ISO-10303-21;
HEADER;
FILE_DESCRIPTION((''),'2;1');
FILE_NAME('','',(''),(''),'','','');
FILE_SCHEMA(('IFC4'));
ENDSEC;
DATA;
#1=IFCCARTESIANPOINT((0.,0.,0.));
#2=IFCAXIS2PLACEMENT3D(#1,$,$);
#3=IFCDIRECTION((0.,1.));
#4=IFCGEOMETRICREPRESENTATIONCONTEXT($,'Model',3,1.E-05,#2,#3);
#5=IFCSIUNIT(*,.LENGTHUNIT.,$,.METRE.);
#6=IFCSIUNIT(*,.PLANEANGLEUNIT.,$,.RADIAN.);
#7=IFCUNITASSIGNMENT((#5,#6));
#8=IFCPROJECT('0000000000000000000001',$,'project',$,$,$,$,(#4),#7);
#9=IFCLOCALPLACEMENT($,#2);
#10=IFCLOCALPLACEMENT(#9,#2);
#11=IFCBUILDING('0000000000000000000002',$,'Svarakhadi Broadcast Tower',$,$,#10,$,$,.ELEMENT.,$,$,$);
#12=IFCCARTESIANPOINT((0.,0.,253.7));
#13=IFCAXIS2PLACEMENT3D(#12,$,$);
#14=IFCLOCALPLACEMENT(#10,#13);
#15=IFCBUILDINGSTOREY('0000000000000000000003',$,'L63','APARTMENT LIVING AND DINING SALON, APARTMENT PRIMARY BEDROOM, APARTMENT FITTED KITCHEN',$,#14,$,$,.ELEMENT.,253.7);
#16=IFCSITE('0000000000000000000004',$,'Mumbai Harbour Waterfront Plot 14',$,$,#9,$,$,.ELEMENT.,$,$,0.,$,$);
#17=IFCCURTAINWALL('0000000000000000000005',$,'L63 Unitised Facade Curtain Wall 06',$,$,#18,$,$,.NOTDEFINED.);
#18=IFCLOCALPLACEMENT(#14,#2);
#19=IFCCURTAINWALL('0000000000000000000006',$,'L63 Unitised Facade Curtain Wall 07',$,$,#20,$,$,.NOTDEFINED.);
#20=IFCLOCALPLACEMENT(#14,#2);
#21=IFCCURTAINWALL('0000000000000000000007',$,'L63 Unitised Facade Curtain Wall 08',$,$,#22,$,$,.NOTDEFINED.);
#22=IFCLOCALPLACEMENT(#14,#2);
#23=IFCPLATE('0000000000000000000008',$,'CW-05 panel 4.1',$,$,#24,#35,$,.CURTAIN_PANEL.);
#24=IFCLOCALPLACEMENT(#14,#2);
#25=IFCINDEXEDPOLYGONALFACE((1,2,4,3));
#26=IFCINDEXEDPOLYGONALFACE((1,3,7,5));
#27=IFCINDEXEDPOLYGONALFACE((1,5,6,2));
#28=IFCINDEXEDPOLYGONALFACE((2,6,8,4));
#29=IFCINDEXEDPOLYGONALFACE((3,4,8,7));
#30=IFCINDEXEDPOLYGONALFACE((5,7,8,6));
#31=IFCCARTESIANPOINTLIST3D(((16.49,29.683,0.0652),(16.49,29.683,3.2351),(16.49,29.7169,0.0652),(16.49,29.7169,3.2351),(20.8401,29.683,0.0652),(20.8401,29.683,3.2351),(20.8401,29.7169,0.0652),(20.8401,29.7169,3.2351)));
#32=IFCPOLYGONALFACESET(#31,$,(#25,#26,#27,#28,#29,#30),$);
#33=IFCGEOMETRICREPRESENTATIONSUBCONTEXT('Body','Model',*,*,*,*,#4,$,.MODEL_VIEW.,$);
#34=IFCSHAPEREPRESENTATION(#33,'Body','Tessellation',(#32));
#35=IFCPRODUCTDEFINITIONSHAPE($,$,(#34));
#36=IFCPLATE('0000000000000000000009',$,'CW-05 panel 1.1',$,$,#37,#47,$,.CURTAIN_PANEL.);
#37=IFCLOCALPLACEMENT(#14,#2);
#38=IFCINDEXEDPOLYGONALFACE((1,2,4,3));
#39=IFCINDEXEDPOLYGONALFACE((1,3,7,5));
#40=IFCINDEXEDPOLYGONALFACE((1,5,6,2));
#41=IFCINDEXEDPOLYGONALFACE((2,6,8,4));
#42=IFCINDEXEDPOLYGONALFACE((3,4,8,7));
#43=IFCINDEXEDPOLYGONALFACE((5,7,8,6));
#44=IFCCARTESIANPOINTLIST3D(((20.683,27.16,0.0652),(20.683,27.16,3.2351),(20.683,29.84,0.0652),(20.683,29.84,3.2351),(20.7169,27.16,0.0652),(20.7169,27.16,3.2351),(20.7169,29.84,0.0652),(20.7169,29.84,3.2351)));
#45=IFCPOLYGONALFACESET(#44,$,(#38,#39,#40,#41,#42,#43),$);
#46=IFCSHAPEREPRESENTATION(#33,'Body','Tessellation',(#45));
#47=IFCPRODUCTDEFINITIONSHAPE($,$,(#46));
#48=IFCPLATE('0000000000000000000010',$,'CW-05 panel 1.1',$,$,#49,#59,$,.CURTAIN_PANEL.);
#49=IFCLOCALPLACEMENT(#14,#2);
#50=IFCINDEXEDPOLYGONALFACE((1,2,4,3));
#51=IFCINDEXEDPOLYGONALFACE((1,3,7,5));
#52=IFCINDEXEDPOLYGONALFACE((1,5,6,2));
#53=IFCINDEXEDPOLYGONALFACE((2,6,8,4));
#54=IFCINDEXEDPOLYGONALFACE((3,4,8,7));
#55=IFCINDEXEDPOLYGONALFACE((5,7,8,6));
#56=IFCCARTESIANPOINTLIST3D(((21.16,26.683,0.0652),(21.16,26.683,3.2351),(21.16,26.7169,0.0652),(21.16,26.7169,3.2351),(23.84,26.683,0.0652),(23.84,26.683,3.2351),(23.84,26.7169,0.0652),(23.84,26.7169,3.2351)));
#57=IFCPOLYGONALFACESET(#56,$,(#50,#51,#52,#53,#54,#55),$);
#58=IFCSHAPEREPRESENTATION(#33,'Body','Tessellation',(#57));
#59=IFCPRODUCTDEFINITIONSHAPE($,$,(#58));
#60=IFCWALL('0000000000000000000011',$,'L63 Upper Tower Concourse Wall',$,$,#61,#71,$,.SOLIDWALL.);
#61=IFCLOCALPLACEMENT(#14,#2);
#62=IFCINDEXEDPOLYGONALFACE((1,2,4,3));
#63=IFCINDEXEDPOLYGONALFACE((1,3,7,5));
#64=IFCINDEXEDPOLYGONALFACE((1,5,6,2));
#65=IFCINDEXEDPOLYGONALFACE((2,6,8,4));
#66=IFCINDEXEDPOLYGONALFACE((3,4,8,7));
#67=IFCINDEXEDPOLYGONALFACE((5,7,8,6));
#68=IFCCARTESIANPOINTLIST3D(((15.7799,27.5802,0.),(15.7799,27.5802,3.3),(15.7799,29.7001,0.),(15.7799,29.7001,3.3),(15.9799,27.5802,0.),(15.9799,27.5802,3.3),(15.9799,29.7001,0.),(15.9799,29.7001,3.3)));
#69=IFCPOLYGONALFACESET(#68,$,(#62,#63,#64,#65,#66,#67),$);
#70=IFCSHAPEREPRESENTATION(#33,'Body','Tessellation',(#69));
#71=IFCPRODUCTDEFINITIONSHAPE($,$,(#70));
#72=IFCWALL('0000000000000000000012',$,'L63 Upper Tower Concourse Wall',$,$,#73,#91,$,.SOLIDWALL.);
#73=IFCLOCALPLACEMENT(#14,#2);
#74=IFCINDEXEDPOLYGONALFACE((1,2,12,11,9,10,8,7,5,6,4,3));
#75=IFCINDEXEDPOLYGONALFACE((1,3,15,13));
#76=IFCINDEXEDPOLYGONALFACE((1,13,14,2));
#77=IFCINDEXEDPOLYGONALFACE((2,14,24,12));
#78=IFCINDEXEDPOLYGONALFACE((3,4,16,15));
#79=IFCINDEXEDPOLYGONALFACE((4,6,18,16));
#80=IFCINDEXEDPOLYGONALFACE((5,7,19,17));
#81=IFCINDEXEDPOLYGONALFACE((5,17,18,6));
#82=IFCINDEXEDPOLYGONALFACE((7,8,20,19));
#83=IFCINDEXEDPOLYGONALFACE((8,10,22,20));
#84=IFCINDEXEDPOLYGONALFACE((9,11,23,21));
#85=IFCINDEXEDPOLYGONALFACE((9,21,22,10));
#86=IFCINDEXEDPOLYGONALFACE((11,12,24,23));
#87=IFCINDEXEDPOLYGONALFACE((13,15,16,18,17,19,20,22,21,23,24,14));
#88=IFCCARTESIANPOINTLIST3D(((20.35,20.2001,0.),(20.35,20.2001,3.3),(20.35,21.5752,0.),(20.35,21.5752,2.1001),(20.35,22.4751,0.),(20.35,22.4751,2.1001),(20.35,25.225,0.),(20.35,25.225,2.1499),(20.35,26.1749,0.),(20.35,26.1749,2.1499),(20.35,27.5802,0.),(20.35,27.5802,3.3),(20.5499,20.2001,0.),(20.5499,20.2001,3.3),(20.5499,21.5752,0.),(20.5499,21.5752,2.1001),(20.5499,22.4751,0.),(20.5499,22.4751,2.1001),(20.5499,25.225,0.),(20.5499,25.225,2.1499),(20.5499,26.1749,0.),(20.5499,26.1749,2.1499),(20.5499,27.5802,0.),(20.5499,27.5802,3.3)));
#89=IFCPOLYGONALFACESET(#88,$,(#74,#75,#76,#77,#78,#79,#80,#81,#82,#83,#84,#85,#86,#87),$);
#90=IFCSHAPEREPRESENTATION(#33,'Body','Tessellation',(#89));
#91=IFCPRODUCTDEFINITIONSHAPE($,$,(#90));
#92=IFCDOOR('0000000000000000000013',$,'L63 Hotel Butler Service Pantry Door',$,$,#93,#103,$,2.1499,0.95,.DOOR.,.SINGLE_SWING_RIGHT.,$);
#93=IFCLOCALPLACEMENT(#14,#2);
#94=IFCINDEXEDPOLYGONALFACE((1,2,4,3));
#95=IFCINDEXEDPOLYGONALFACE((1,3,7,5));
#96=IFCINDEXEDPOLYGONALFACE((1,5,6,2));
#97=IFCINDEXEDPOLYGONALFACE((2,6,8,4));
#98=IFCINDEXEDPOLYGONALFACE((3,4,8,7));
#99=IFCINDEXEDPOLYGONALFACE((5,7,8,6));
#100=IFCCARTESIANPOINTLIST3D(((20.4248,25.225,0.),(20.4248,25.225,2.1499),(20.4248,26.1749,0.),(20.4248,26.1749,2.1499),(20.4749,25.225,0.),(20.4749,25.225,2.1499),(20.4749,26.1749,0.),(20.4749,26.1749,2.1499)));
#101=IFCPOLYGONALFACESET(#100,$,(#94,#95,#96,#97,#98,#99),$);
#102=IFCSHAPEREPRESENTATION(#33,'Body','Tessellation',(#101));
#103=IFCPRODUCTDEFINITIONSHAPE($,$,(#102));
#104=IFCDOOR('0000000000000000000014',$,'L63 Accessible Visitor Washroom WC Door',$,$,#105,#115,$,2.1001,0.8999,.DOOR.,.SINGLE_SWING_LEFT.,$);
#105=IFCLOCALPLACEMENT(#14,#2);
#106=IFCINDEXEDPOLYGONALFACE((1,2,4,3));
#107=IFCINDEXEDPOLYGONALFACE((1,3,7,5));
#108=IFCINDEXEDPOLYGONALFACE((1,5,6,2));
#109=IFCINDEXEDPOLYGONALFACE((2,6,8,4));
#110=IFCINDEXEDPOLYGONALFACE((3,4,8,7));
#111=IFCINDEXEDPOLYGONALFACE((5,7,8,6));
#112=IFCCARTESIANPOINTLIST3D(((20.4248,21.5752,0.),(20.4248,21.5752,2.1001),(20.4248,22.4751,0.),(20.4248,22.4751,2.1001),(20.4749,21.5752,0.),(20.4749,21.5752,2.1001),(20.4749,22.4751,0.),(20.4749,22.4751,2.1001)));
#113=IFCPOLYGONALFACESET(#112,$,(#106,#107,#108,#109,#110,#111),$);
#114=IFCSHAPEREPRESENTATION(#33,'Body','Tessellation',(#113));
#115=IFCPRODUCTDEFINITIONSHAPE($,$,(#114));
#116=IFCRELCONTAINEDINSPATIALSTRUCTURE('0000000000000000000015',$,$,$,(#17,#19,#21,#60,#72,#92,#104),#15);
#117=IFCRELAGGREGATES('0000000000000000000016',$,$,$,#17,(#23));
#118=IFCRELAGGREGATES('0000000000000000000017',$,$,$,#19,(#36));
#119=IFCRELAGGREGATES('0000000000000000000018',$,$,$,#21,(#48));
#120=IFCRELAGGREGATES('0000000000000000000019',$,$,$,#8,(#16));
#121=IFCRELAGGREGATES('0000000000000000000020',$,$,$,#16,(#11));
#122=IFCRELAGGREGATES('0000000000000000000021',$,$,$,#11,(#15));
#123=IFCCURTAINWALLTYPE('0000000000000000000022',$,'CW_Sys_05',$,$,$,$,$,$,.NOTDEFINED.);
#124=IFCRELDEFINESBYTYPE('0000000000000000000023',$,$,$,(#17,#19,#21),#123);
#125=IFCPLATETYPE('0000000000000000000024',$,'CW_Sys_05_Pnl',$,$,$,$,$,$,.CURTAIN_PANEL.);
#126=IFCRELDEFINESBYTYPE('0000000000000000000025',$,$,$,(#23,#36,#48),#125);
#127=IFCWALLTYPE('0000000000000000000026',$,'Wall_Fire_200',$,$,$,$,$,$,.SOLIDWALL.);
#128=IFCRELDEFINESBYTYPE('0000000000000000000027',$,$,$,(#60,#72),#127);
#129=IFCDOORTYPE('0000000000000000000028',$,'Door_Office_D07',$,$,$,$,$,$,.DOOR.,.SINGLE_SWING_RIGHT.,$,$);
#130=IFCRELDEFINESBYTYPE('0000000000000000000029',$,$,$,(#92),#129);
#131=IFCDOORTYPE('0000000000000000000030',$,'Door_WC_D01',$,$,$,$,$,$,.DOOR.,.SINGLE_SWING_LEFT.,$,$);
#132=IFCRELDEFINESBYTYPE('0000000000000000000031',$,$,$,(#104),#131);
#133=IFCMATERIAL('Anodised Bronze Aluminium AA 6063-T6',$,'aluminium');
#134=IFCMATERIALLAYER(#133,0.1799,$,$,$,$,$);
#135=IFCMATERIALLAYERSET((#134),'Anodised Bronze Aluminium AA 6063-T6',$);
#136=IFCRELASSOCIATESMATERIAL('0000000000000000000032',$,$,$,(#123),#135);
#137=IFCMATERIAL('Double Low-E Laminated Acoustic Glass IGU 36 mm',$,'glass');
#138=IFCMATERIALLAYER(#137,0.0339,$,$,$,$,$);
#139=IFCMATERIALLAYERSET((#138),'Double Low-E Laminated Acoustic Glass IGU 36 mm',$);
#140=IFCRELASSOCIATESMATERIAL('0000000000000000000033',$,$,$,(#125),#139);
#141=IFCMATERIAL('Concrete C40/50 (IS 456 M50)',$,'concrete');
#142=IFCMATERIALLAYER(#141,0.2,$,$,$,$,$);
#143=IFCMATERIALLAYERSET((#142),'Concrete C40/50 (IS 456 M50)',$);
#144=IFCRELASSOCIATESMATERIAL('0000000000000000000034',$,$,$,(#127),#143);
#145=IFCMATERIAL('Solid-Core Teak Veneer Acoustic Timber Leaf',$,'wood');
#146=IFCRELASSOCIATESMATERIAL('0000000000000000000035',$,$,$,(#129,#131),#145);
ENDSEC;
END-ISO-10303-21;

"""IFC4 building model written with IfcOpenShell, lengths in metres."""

from ifc_helpers import new_model, si_unit, direction, frame, frame_2d, origin, origin_2d, place, context, subcontext, project, spatial, rectangle, extrude, material, layer, layer_set, type_object, element, fill, aggregate, save


model = new_model("IFC4")

# Units and contexts
model_context = context("Model", 3, precision=1e-05, world=origin(), true_north=direction((0.0, 1.0)))
body_context = subcontext(model_context, "Body", "Model", "MODEL_VIEW")
ifc_project = project(units=[si_unit("LENGTHUNIT", "METRE"), si_unit("PLANEANGLEUNIT", "RADIAN")], contexts=[model_context])

# Site, building, storey
site_placement = place(None, origin())
site = spatial("IfcSite", under=ifc_project, at=site_placement, Name="Mumbai Harbour Waterfront Plot 14", CompositionType="ELEMENT", RefElevation=0.0)
building_placement = place(site_placement, origin())
building = spatial("IfcBuilding", under=site, at=building_placement, Name="Svarakhadi Broadcast Tower", CompositionType="ELEMENT")
storey_placement = place(building_placement, frame((0.0, 0.0, 253.7)))
storey = spatial("IfcBuildingStorey", under=building, at=storey_placement, Name="L63", Description="APARTMENT LIVING AND DINING SALON, APARTMENT PRIMARY BEDROOM, APARTMENT FITTED KITCHEN", CompositionType="ELEMENT", Elevation=253.7)

# Curtain walls
ifc_material_1 = material(Name="Anodised Bronze Aluminium AA 6063-T6", Category="aluminium")
ifc_layer_1 = layer(ifc_material_1, 0.1799)
ifc_layer_set_1 = layer_set([ifc_layer_1], Name="Anodised Bronze Aluminium AA 6063-T6")
curtain_wall_type = type_object("IfcCurtainWallType", Name="CW_Sys_05", PredefinedType="NOTDEFINED", material=ifc_layer_set_1)
curtain_wall_1_placement = place(storey_placement, origin())
curtain_wall_1 = element("IfcCurtainWall", 1, at=curtain_wall_1_placement, inside=storey, type_object=curtain_wall_type, Name="L63 Unitised Facade Curtain Wall 06", PredefinedType="NOTDEFINED")
curtain_wall_2_placement = place(storey_placement, origin())
curtain_wall_2 = element("IfcCurtainWall", 2, at=curtain_wall_2_placement, inside=storey, type_object=curtain_wall_type, Name="L63 Unitised Facade Curtain Wall 07", PredefinedType="NOTDEFINED")

# Curtain wall
curtain_wall_3_placement = place(storey_placement, origin())
curtain_wall_3 = element("IfcCurtainWall", 3, at=curtain_wall_3_placement, inside=storey, type_object=curtain_wall_type, Name="L63 Unitised Facade Curtain Wall 08", PredefinedType="NOTDEFINED")

# Plates
ifc_material_2 = material(Name="Double Low-E Laminated Acoustic Glass IGU 36 mm", Category="glass")
ifc_layer_2 = layer(ifc_material_2, 0.0339)
ifc_layer_set_2 = layer_set([ifc_layer_2], Name="Double Low-E Laminated Acoustic Glass IGU 36 mm")
plate_type = type_object("IfcPlateType", Name="CW_Sys_05_Pnl", PredefinedType="CURTAIN_PANEL", material=ifc_layer_set_2)
plate_1_placement = place(storey_placement, frame((18.665, 29.7, 0.0652), z_axis=(0.0, 0.0, 1.0), x_axis=(1.0, 0.0, 0.0)))
plate_1 = element("IfcPlate", 4, at=plate_1_placement, type_object=plate_type, Name="CW-05 panel 4.1", PredefinedType="CURTAIN_PANEL", context=body_context, shape_type="SweptSolid", body=[
    extrude(rectangle(XDim=4.3501, YDim=0.0339, at=origin_2d()), origin(), (0.0, 0.0, 1.0), 3.1699),
])
aggregate(curtain_wall_1, [plate_1])
plate_2_placement = place(storey_placement, frame((20.7, 28.5, 0.0652), z_axis=(0.0, 0.0, 1.0), x_axis=(0.0, -1.0, 0.0)))
plate_2 = element("IfcPlate", 5, at=plate_2_placement, type_object=plate_type, Name="CW-05 panel 1.1", PredefinedType="CURTAIN_PANEL", context=body_context, shape_type="SweptSolid", body=[
    extrude(rectangle(XDim=2.6799, YDim=0.0339, at=origin_2d()), origin(), (0.0, 0.0, 1.0), 3.1699),
])
aggregate(curtain_wall_2, [plate_2])
plate_3_placement = place(storey_placement, frame((22.5, 26.7, 0.0652), z_axis=(0.0, 0.0, 1.0), x_axis=(1.0, 0.0, 0.0)))
plate_3 = element("IfcPlate", 6, at=plate_3_placement, type_object=plate_type, Name="CW-05 panel 1.1", PredefinedType="CURTAIN_PANEL", context=body_context, shape_type="SweptSolid", body=[
    extrude(rectangle(XDim=2.6799, YDim=0.0339, at=origin_2d()), origin(), (0.0, 0.0, 1.0), 3.1699),
])
aggregate(curtain_wall_3, [plate_3])

# Wall
ifc_material_3 = material(Name="Concrete C40/50 (IS 456 M50)", Category="concrete")
ifc_layer_3 = layer(ifc_material_3, 0.2)
ifc_layer_set_3 = layer_set([ifc_layer_3], Name="Concrete C40/50 (IS 456 M50)")
wall_type = type_object("IfcWallType", Name="Wall_Fire_200", PredefinedType="SOLIDWALL", material=ifc_layer_set_3)
wall_1_placement = place(storey_placement, frame((15.8799, 27.5801, 0.0), z_axis=(0.0, 0.0, 1.0), x_axis=(0.0, 1.0, 0.0)))
element("IfcWall", 7, at=wall_1_placement, inside=storey, type_object=wall_type, Name="L63 Upper Tower Concourse Wall", PredefinedType="SOLIDWALL", context=body_context, shape_type="SweptSolid", body=[
    extrude(rectangle(XDim=2.1199, YDim=0.2, at=frame_2d((1.0601, 0.0))), origin(), (0.0, 0.0, 1.0), 3.3),
])

# Wall, openings, doors
wall_2_placement = place(storey_placement, frame((20.45, 27.5801, 0.0), z_axis=(0.0, 0.0, 1.0), x_axis=(0.0, -1.0, 0.0)))
wall_2 = element("IfcWall", 8, at=wall_2_placement, inside=storey, type_object=wall_type, Name="L63 Upper Tower Concourse Wall", PredefinedType="SOLIDWALL", context=body_context, shape_type="SweptSolid", body=[
    extrude(rectangle(XDim=7.3801, YDim=0.2, at=frame_2d((3.6899, 0.0))), origin(), (0.0, 0.0, 1.0), 3.3),
])
opening_1_placement = place(wall_2_placement, frame((5.105, 0.0, 0.0)))
opening_1 = element("IfcOpeningElement", 9, at=opening_1_placement, cuts=wall_2, PredefinedType="OPENING", context=body_context, shape_type="SweptSolid", body=[
    extrude(rectangle(XDim=0.8999, YDim=2.1001, at=frame_2d((0.45, 1.05))), frame((0.0, 0.1099, 0.0), z_axis=(0.0, -1.0, 0.0), x_axis=(1.0, 0.0, 0.0)), (0.0, 0.0, 1.0), 0.22),
])
opening_2_placement = place(wall_2_placement, frame((1.405, 0.0, 0.0)))
opening_2 = element("IfcOpeningElement", 10, at=opening_2_placement, cuts=wall_2, PredefinedType="OPENING", context=body_context, shape_type="SweptSolid", body=[
    extrude(rectangle(XDim=0.95, YDim=2.1499, at=frame_2d((0.4751, 1.075))), frame((0.0, 0.1099, 0.0), z_axis=(0.0, -1.0, 0.0), x_axis=(1.0, 0.0, 0.0)), (0.0, 0.0, 1.0), 0.22),
])
ifc_material_4 = material(Name="Solid-Core Teak Veneer Acoustic Timber Leaf", Category="wood")
door_type_1 = type_object("IfcDoorType", Name="Door_Office_D07", OperationType="SINGLE_SWING_RIGHT", PredefinedType="DOOR", material=ifc_material_4)
door_1_placement = place(opening_2_placement, origin())
door_1 = element("IfcDoor", 11, at=door_1_placement, inside=storey, type_object=door_type_1, Name="L63 Hotel Butler Service Pantry Door", OperationType="SINGLE_SWING_RIGHT", OverallHeight=2.1499, OverallWidth=0.95, PredefinedType="DOOR", context=body_context, shape_type="SweptSolid", body=[
    extrude(rectangle(XDim=0.95, YDim=2.1499, at=frame_2d((0.4751, 1.075))), frame((0.0, 0.0249, 0.0), z_axis=(0.0, -1.0, 0.0), x_axis=(1.0, 0.0, 0.0)), (0.0, 0.0, 1.0), 0.05),
])
fill(opening_2, door_1)
door_type_2 = type_object("IfcDoorType", Name="Door_WC_D01", OperationType="SINGLE_SWING_LEFT", PredefinedType="DOOR", material=ifc_material_4)
door_2_placement = place(opening_1_placement, origin())
door_2 = element("IfcDoor", 12, at=door_2_placement, inside=storey, type_object=door_type_2, Name="L63 Accessible Visitor Washroom WC Door", OperationType="SINGLE_SWING_LEFT", OverallHeight=2.1001, OverallWidth=0.8999, PredefinedType="DOOR", context=body_context, shape_type="SweptSolid", body=[
    extrude(rectangle(XDim=0.8999, YDim=2.1001, at=frame_2d((0.45, 1.05))), frame((0.0, 0.0249, 0.0), z_axis=(0.0, -1.0, 0.0), x_axis=(1.0, 0.0, 0.0)), (0.0, 0.0, 1.0), 0.05),
])
fill(opening_1, door_2)

save(model, "model.ifc")
